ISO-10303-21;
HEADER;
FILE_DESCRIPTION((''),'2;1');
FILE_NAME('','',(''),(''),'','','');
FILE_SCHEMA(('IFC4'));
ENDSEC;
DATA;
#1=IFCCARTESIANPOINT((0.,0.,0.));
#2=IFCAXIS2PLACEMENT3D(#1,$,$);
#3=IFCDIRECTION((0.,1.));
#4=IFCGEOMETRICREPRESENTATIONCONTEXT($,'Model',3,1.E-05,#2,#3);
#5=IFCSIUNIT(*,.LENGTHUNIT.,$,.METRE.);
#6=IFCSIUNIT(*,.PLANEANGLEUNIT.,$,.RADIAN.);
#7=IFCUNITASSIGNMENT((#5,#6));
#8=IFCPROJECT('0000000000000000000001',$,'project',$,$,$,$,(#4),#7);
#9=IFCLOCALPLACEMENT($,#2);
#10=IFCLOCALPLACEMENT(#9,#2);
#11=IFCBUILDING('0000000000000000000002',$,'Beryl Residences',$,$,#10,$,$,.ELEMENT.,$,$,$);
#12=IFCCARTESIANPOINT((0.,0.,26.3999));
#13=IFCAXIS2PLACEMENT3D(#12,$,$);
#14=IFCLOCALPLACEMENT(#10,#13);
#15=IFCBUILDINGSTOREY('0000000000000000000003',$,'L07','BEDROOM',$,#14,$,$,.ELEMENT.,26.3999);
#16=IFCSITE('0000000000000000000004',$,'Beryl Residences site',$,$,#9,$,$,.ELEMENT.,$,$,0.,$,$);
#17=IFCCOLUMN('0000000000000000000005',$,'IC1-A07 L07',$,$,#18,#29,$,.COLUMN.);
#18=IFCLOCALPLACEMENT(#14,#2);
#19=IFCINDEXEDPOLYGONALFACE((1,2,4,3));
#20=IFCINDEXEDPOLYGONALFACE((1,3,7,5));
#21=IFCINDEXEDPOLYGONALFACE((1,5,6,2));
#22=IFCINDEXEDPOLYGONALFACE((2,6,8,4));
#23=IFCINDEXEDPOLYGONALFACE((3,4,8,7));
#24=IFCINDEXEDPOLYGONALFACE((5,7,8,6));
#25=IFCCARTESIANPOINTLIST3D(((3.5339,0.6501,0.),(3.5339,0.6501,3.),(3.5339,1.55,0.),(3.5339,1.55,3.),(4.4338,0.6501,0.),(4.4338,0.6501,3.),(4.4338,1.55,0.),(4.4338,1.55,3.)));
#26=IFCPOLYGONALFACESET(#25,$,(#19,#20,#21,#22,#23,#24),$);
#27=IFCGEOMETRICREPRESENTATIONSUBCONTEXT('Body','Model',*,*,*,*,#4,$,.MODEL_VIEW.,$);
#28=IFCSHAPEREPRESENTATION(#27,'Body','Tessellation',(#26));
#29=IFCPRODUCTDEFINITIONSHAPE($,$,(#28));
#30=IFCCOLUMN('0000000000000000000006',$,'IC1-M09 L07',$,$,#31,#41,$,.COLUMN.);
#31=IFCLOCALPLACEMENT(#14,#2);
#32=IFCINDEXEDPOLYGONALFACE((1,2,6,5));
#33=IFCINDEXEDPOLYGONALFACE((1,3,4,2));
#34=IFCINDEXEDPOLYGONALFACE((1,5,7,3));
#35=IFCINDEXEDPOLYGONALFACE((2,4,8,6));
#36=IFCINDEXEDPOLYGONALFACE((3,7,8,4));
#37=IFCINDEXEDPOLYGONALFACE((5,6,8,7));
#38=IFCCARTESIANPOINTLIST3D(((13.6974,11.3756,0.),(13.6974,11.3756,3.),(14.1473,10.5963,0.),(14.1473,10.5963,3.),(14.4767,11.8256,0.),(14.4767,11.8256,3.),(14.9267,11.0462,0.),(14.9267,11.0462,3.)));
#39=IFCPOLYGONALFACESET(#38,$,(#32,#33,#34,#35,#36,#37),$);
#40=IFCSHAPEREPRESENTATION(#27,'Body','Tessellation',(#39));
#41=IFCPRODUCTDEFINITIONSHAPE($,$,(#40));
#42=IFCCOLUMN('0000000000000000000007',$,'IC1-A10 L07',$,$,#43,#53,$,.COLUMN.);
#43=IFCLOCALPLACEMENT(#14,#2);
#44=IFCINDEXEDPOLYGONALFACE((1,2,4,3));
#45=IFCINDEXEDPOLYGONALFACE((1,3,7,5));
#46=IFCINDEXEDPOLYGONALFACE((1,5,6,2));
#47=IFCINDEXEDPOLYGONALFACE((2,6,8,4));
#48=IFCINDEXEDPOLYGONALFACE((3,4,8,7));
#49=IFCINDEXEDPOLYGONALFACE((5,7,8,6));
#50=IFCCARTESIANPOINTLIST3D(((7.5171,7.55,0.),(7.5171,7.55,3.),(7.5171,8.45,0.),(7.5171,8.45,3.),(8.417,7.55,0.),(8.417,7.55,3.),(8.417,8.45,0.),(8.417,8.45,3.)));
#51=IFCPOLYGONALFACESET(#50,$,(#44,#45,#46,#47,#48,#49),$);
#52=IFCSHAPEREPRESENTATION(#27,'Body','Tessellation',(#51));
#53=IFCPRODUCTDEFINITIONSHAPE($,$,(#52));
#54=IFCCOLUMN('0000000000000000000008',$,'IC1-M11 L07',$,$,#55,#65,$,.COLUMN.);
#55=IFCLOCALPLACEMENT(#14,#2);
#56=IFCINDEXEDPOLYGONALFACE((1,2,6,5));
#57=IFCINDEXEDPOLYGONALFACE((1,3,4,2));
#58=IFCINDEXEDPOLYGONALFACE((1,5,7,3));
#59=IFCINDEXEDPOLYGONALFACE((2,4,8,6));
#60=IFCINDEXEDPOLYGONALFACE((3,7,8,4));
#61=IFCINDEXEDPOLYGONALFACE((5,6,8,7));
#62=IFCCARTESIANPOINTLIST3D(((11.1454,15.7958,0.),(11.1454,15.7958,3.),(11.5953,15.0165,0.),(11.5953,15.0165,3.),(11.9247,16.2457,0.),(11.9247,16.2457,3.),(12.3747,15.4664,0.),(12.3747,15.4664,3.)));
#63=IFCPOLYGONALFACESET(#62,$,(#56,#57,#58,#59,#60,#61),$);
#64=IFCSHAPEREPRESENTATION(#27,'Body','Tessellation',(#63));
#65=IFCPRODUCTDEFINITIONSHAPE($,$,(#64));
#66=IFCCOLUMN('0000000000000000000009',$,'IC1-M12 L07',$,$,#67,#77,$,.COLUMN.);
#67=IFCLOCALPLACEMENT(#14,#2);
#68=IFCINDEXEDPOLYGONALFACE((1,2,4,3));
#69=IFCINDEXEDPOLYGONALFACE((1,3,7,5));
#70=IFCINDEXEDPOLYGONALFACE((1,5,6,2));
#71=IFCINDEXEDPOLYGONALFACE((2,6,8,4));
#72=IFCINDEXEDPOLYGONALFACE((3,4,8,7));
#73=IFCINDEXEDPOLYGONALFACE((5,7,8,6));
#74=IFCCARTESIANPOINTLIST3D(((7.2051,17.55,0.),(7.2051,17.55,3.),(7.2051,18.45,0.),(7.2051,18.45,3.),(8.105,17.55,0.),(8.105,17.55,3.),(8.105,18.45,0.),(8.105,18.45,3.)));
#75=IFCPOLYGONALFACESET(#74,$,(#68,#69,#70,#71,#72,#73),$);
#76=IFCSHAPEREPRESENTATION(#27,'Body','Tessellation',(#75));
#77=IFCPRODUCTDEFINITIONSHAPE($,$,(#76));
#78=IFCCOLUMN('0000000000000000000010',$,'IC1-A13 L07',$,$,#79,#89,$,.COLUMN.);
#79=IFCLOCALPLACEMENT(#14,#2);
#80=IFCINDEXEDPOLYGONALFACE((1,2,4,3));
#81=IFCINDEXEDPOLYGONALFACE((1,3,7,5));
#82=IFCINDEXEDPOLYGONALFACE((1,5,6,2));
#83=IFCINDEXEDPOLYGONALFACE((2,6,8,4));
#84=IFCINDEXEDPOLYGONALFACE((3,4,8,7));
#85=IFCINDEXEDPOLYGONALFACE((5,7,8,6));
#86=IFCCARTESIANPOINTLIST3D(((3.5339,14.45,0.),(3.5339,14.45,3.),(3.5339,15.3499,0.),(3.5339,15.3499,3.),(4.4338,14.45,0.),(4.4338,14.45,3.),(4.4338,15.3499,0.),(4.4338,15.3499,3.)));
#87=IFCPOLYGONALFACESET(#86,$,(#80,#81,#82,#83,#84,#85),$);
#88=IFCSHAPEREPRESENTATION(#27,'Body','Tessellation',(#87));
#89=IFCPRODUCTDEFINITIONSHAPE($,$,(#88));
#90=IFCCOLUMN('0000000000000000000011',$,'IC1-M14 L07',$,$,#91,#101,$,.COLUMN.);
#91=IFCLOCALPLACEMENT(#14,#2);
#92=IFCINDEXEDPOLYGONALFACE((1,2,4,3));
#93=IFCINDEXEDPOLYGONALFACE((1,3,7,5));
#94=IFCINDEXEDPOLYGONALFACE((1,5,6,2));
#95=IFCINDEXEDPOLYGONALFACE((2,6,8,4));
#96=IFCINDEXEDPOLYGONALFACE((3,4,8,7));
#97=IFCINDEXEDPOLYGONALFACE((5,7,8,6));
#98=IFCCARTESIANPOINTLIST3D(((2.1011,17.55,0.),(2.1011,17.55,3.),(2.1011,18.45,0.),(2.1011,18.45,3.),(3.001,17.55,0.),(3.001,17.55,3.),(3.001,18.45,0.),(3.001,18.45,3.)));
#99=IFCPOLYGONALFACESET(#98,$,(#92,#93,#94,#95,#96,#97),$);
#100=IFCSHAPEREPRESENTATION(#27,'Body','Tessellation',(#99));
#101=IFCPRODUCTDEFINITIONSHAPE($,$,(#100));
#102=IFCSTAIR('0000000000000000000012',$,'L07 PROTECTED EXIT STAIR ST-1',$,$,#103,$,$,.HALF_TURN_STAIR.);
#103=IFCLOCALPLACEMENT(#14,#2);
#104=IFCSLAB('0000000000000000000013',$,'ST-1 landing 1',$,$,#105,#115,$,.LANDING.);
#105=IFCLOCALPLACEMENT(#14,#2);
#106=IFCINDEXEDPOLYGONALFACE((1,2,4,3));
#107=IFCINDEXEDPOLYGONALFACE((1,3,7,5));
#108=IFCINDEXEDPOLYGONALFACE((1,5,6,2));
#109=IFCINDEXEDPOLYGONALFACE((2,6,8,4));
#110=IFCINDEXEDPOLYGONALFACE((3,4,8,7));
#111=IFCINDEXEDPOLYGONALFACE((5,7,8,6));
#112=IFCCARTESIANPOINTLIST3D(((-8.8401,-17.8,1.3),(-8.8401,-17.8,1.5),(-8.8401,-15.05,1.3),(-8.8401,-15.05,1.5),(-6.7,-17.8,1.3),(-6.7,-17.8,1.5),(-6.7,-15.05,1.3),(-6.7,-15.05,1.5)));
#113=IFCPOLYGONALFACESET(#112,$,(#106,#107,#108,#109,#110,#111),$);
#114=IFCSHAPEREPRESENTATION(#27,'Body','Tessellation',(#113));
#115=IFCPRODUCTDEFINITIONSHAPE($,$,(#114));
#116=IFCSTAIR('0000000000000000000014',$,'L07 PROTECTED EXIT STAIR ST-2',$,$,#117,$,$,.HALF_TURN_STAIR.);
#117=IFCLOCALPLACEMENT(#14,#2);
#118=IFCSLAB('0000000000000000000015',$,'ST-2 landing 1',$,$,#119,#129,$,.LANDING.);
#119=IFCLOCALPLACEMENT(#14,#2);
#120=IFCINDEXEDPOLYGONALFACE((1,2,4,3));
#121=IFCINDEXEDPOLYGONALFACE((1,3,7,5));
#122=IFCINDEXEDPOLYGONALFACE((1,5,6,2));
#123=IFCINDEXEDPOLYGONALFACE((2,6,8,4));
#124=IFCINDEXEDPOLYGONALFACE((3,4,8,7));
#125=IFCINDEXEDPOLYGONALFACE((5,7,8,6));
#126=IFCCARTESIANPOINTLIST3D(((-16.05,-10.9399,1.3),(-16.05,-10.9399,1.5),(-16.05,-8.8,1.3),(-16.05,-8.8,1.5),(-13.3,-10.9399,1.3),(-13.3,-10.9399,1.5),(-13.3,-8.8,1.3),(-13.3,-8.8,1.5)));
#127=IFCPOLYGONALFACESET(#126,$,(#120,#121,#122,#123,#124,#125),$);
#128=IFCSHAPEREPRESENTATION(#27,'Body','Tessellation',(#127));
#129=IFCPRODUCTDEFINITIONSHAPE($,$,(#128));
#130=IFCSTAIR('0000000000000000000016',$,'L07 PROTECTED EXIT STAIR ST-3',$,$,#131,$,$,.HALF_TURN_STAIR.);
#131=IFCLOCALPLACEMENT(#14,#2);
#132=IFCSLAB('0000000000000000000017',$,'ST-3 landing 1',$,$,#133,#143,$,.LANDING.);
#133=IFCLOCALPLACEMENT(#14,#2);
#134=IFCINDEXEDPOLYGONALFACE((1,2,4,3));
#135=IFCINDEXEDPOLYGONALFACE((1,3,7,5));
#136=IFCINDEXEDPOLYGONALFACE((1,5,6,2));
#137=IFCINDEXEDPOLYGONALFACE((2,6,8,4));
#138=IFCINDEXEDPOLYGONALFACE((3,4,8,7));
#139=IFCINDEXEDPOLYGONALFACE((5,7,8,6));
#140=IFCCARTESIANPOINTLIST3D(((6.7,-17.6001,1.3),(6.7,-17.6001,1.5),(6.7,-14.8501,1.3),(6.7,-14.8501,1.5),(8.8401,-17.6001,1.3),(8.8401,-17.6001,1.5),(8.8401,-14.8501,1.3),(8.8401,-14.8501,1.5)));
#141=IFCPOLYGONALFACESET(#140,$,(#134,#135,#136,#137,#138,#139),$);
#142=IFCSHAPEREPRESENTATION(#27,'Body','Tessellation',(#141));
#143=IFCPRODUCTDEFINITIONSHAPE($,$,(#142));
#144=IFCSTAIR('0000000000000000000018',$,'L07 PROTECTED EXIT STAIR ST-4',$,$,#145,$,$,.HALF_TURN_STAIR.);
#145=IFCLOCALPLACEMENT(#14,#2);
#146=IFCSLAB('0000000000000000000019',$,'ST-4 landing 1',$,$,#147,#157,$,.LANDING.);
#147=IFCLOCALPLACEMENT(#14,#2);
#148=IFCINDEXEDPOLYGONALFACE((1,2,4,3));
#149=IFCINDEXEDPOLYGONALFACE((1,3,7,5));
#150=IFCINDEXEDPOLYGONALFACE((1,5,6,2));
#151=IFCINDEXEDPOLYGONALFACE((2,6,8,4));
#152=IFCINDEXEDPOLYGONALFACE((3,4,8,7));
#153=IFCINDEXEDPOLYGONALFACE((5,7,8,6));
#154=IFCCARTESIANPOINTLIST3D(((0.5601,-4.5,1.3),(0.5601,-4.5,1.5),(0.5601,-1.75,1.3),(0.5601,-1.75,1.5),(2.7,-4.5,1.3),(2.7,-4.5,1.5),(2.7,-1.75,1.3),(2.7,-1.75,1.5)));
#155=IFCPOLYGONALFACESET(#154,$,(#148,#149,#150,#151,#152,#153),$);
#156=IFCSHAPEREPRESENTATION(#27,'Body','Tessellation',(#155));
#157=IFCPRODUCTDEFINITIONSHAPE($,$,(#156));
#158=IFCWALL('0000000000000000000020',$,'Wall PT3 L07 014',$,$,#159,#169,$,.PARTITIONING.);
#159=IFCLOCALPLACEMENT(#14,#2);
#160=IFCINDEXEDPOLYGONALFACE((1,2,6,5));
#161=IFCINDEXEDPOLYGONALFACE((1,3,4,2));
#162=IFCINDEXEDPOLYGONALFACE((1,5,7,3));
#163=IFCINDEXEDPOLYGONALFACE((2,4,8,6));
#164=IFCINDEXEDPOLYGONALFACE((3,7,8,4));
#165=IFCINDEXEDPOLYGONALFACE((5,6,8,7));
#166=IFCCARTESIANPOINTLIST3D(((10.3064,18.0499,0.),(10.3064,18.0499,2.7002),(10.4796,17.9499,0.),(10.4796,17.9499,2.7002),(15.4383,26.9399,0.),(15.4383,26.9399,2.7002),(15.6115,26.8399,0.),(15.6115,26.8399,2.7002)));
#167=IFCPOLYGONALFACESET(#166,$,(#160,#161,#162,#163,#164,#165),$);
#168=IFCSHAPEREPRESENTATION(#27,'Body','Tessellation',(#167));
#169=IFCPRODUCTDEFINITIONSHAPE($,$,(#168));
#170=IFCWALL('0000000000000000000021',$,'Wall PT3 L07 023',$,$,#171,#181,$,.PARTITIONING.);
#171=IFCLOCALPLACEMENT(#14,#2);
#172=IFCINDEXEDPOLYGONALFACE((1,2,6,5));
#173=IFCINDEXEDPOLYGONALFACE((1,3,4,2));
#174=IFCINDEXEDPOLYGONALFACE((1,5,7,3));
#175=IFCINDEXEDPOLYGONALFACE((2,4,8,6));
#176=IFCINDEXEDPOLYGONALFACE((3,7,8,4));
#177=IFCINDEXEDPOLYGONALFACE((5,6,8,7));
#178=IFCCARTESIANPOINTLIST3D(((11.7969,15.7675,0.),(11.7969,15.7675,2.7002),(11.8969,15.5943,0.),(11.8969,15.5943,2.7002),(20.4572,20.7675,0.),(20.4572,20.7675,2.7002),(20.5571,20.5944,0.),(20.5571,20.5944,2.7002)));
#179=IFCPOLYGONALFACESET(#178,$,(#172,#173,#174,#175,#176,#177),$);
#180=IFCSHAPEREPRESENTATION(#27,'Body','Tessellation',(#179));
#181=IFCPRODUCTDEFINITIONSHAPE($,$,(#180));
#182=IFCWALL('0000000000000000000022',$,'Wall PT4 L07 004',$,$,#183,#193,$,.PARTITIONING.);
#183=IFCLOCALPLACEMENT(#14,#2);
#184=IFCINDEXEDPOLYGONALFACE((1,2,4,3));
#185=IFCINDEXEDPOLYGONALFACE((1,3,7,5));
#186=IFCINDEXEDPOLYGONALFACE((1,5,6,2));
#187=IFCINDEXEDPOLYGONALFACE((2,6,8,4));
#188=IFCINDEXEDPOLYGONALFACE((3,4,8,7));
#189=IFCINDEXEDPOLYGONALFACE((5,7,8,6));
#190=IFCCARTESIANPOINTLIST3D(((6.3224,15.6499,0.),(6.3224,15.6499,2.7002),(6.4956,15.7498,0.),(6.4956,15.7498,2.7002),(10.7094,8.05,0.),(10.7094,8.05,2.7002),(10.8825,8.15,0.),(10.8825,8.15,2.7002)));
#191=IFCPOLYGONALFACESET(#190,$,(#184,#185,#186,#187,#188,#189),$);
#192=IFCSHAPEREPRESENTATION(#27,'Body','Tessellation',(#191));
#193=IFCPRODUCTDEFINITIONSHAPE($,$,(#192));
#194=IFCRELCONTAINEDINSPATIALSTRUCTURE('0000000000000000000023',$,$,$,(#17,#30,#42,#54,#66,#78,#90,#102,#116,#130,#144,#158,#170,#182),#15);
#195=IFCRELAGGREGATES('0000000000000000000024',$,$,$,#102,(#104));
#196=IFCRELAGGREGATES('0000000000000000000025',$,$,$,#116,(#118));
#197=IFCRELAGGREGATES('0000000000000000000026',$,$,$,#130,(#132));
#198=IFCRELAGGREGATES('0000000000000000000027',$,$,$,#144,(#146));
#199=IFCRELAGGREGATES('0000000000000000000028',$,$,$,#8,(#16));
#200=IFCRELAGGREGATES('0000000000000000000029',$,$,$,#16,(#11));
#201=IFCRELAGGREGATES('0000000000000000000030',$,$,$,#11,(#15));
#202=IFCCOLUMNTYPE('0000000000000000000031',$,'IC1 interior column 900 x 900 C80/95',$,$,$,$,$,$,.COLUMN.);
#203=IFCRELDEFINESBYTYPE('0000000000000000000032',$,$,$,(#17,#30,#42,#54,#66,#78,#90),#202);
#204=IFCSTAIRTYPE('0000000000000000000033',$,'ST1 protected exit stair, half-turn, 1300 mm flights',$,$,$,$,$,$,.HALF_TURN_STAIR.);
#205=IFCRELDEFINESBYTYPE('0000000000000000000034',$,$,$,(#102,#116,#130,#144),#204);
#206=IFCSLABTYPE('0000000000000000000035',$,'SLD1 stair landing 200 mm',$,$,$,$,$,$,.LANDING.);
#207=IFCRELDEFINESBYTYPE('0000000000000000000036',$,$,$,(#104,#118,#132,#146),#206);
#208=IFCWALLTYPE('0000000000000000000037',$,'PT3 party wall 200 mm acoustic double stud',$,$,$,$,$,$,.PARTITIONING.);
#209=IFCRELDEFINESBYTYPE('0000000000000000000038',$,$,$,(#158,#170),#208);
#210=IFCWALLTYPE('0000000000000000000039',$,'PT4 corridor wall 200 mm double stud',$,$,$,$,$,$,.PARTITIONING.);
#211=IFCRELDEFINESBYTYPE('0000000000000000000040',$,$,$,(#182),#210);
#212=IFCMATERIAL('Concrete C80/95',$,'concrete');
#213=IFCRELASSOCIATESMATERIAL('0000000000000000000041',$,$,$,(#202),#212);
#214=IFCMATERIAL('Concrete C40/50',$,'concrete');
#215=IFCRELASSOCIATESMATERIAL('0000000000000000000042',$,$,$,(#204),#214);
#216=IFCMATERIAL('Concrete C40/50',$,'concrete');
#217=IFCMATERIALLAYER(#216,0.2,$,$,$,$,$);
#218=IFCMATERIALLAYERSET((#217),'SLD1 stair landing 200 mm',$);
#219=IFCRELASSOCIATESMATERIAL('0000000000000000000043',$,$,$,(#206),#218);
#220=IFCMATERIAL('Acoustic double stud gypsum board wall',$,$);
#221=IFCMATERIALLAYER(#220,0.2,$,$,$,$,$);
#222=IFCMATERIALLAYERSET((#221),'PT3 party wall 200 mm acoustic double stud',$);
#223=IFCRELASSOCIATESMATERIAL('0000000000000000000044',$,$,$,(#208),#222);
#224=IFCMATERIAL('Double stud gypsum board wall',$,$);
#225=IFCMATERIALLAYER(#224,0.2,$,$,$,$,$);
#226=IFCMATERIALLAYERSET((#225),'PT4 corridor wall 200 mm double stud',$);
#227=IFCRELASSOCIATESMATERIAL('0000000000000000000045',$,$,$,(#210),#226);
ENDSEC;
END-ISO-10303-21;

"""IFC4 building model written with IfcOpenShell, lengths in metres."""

from ifc_helpers import new_model, si_unit, direction, frame, frame_2d, origin, origin_2d, place, context, subcontext, project, spatial, polyline, rectangle, outline, extrude, material, layer, layer_set, material_profile, profile_set, type_object, element, aggregate, save


model = new_model("IFC4")

# Units and contexts
model_context = context("Model", 3, precision=1e-05, world=origin(), true_north=direction((0.0, 1.0)))
body_context = subcontext(model_context, "Body", "Model", "MODEL_VIEW")
ifc_project = project(units=[si_unit("LENGTHUNIT", "METRE"), si_unit("PLANEANGLEUNIT", "RADIAN")], contexts=[model_context])

# Site, building, storey
site_placement = place(None, origin())
site = spatial("IfcSite", under=ifc_project, at=site_placement, Name="Beryl Residences site", CompositionType="ELEMENT", RefElevation=0.0)
building_placement = place(site_placement, origin())
building = spatial("IfcBuilding", under=site, at=building_placement, Name="Beryl Residences", CompositionType="ELEMENT")
storey_placement = place(building_placement, frame((0.0, 0.0, 26.3999)))
storey = spatial("IfcBuildingStorey", under=building, at=storey_placement, Name="L07", Description="BEDROOM", CompositionType="ELEMENT", Elevation=26.3999)

# Columns
ifc_material_1 = material(Name="Concrete C80/95", Category="concrete")
ifc_material_profile = material_profile(ifc_material_1, rectangle(XDim=0.8999, YDim=0.8999, at=origin_2d()))
ifc_profile_set = profile_set([ifc_material_profile], Name="Concrete C80/95")
column_type = type_object("IfcColumnType", Name="IC1 interior column 900 x 900 C80/95", PredefinedType="COLUMN", material=ifc_profile_set)
for number, where, z_axis, x_axis, name in (
    (1, (3.9839, 1.1001, 0.0), (0.0, 0.0, 1.0), (1.0, 0.0, 0.0), "IC1-A07 L07"),
    (2, (14.312, 11.2109, 0.0), (0.0, 0.0, 1.0), (-0.499985, 0.866034, 0.0), "IC1-M09 L07"),
    (3, (7.967, 8.0, 0.0), (0.0, 0.0, 1.0), (1.0, 0.0, 0.0), "IC1-A10 L07"),
    (4, (11.76, 15.6311, 0.0), (0.0, 0.0, 1.0), (-0.499985, 0.866034, 0.0), "IC1-M11 L07"),
    (5, (7.655, 18.0, 0.0), (0.0, 0.0, 1.0), (-1.0, 0.0, 0.0), "IC1-M12 L07"),
    (6, (3.9839, 14.8999, 0.0), (0.0, 0.0, 1.0), (1.0, 0.0, 0.0), "IC1-A13 L07"),
    (7, (2.551, 18.0, 0.0), (0.0, 0.0, 1.0), (-1.0, 0.0, 0.0), "IC1-M14 L07"),
):
    element("IfcColumn", number, at=place(storey_placement, frame(where, z_axis=z_axis, x_axis=x_axis)), inside=storey, type_object=column_type, Name=name, PredefinedType="COLUMN", context=body_context, shape_type="SweptSolid", body=[
        extrude(rectangle(XDim=0.8999, YDim=0.8999, at=origin_2d()), origin(), (0.0, 0.0, 1.0), 3.0),
    ])

# Stairs, slabs
ifc_material_2 = material(Name="Concrete C40/50", Category="concrete")
stair_type = type_object("IfcStairType", Name="ST1 protected exit stair, half-turn, 1300 mm flights", PredefinedType="HALF_TURN_STAIR", material=ifc_material_2)
stair_1_placement = place(storey_placement, origin())
stair_1 = element("IfcStair", 8, at=stair_1_placement, inside=storey, type_object=stair_type, Name="L07 PROTECTED EXIT STAIR ST-1", PredefinedType="HALF_TURN_STAIR")
ifc_material_3 = material(Name="Concrete C40/50", Category="concrete")
ifc_layer_1 = layer(ifc_material_3, 0.2)
ifc_layer_set_1 = layer_set([ifc_layer_1], Name="SLD1 stair landing 200 mm")
slab_type_1 = type_object("IfcSlabType", Name="SLD1 stair landing 200 mm", PredefinedType="LANDING", material=ifc_layer_set_1)
slab_1_placement = place(storey_placement, frame((0.0, 0.0, 1.3)))
slab_1 = element("IfcSlab", 9, at=slab_1_placement, type_object=slab_type_1, Name="ST-1 landing 1", PredefinedType="LANDING", context=body_context, shape_type="SweptSolid", body=[
    extrude(outline(polyline([(-8.8401, -17.8), (-6.7, -17.8), (-6.7, -15.05), (-8.8401, -15.05), (-8.8401, -17.8)])), origin(), (0.0, 0.0, 1.0), 0.2),
])
aggregate(stair_1, [slab_1])
stair_2_placement = place(storey_placement, origin())
stair_2 = element("IfcStair", 10, at=stair_2_placement, inside=storey, type_object=stair_type, Name="L07 PROTECTED EXIT STAIR ST-2", PredefinedType="HALF_TURN_STAIR")
slab_2_placement = place(storey_placement, frame((0.0, 0.0, 1.3)))
slab_2 = element("IfcSlab", 11, at=slab_2_placement, type_object=slab_type_1, Name="ST-2 landing 1", PredefinedType="LANDING", context=body_context, shape_type="SweptSolid", body=[
    extrude(outline(polyline([(-13.3, -10.9399), (-13.3, -8.8), (-16.05, -8.8), (-16.05, -10.9399), (-13.3, -10.9399)])), origin(), (0.0, 0.0, 1.0), 0.2),
])
aggregate(stair_2, [slab_2])
stair_3_placement = place(storey_placement, origin())
stair_3 = element("IfcStair", 12, at=stair_3_placement, inside=storey, type_object=stair_type, Name="L07 PROTECTED EXIT STAIR ST-3", PredefinedType="HALF_TURN_STAIR")
slab_3_placement = place(storey_placement, frame((0.0, 0.0, 1.3)))
slab_3 = element("IfcSlab", 13, at=slab_3_placement, type_object=slab_type_1, Name="ST-3 landing 1", PredefinedType="LANDING", context=body_context, shape_type="SweptSolid", body=[
    extrude(outline(polyline([(8.8401, -14.8501), (6.7, -14.8501), (6.7, -17.6001), (8.8401, -17.6001), (8.8401, -14.8501)])), origin(), (0.0, 0.0, 1.0), 0.2),
])
aggregate(stair_3, [slab_3])
stair_4_placement = place(storey_placement, origin())
stair_4 = element("IfcStair", 14, at=stair_4_placement, inside=storey, type_object=stair_type, Name="L07 PROTECTED EXIT STAIR ST-4", PredefinedType="HALF_TURN_STAIR")
slab_4_placement = place(storey_placement, frame((0.0, 0.0, 1.3)))
slab_4 = element("IfcSlab", 15, at=slab_4_placement, type_object=slab_type_1, Name="ST-4 landing 1", PredefinedType="LANDING", context=body_context, shape_type="SweptSolid", body=[
    extrude(outline(polyline([(0.5601, -4.5), (2.7, -4.5), (2.7, -1.75), (0.5601, -1.75), (0.5601, -4.5)])), origin(), (0.0, 0.0, 1.0), 0.2),
])
aggregate(stair_4, [slab_4])

# Walls
ifc_material_4 = material(Name="Acoustic double stud gypsum board wall")
ifc_layer_2 = layer(ifc_material_4, 0.2)
ifc_layer_set_2 = layer_set([ifc_layer_2], Name="PT3 party wall 200 mm acoustic double stud")
wall_type_1 = type_object("IfcWallType", Name="PT3 party wall 200 mm acoustic double stud", PredefinedType="PARTITIONING", material=ifc_layer_set_2)
wall_1_placement = place(storey_placement, frame((10.3931, 18.0, 0.0), z_axis=(0.0, 0.0, 1.0), x_axis=(0.499945, 0.866057, 0.0)))
element("IfcWall", 16, at=wall_1_placement, inside=storey, type_object=wall_type_1, Name="Wall PT3 L07 014", PredefinedType="PARTITIONING", context=body_context, shape_type="SweptSolid", body=[
    extrude(rectangle(XDim=10.2649, YDim=0.2, at=frame_2d((5.1323, 0.0))), origin(), (0.0, 0.0, 1.0), 2.7002),
])
wall_2_placement = place(storey_placement, frame((11.8469, 15.6809, 0.0), z_axis=(0.0, 0.0, 1.0), x_axis=(0.866023, 0.500004, 0.0)))
element("IfcWall", 17, at=wall_2_placement, inside=storey, type_object=wall_type_1, Name="Wall PT3 L07 023", PredefinedType="PARTITIONING", context=body_context, shape_type="SweptSolid", body=[
    extrude(rectangle(XDim=10.0, YDim=0.2, at=frame_2d((5.0, 0.0))), origin(), (0.0, 0.0, 1.0), 2.7002),
])
ifc_material_5 = material(Name="Double stud gypsum board wall")
ifc_layer_3 = layer(ifc_material_5, 0.2)
ifc_layer_set_3 = layer_set([ifc_layer_3], Name="PT4 corridor wall 200 mm double stud")
wall_type_2 = type_object("IfcWallType", Name="PT4 corridor wall 200 mm double stud", PredefinedType="PARTITIONING", material=ifc_layer_set_3)
wall_3_placement = place(storey_placement, frame((6.4089, 15.7, 0.0), z_axis=(0.0, 0.0, 1.0), x_axis=(0.49993, -0.866066, 0.0)))
element("IfcWall", 18, at=wall_3_placement, inside=storey, type_object=wall_type_2, Name="Wall PT4 L07 004", PredefinedType="PARTITIONING", context=body_context, shape_type="SweptSolid", body=[
    extrude(rectangle(XDim=8.7751, YDim=0.2, at=frame_2d((4.3877, 0.0))), origin(), (0.0, 0.0, 1.0), 2.7002),
])

save(model, "model.ifc")
